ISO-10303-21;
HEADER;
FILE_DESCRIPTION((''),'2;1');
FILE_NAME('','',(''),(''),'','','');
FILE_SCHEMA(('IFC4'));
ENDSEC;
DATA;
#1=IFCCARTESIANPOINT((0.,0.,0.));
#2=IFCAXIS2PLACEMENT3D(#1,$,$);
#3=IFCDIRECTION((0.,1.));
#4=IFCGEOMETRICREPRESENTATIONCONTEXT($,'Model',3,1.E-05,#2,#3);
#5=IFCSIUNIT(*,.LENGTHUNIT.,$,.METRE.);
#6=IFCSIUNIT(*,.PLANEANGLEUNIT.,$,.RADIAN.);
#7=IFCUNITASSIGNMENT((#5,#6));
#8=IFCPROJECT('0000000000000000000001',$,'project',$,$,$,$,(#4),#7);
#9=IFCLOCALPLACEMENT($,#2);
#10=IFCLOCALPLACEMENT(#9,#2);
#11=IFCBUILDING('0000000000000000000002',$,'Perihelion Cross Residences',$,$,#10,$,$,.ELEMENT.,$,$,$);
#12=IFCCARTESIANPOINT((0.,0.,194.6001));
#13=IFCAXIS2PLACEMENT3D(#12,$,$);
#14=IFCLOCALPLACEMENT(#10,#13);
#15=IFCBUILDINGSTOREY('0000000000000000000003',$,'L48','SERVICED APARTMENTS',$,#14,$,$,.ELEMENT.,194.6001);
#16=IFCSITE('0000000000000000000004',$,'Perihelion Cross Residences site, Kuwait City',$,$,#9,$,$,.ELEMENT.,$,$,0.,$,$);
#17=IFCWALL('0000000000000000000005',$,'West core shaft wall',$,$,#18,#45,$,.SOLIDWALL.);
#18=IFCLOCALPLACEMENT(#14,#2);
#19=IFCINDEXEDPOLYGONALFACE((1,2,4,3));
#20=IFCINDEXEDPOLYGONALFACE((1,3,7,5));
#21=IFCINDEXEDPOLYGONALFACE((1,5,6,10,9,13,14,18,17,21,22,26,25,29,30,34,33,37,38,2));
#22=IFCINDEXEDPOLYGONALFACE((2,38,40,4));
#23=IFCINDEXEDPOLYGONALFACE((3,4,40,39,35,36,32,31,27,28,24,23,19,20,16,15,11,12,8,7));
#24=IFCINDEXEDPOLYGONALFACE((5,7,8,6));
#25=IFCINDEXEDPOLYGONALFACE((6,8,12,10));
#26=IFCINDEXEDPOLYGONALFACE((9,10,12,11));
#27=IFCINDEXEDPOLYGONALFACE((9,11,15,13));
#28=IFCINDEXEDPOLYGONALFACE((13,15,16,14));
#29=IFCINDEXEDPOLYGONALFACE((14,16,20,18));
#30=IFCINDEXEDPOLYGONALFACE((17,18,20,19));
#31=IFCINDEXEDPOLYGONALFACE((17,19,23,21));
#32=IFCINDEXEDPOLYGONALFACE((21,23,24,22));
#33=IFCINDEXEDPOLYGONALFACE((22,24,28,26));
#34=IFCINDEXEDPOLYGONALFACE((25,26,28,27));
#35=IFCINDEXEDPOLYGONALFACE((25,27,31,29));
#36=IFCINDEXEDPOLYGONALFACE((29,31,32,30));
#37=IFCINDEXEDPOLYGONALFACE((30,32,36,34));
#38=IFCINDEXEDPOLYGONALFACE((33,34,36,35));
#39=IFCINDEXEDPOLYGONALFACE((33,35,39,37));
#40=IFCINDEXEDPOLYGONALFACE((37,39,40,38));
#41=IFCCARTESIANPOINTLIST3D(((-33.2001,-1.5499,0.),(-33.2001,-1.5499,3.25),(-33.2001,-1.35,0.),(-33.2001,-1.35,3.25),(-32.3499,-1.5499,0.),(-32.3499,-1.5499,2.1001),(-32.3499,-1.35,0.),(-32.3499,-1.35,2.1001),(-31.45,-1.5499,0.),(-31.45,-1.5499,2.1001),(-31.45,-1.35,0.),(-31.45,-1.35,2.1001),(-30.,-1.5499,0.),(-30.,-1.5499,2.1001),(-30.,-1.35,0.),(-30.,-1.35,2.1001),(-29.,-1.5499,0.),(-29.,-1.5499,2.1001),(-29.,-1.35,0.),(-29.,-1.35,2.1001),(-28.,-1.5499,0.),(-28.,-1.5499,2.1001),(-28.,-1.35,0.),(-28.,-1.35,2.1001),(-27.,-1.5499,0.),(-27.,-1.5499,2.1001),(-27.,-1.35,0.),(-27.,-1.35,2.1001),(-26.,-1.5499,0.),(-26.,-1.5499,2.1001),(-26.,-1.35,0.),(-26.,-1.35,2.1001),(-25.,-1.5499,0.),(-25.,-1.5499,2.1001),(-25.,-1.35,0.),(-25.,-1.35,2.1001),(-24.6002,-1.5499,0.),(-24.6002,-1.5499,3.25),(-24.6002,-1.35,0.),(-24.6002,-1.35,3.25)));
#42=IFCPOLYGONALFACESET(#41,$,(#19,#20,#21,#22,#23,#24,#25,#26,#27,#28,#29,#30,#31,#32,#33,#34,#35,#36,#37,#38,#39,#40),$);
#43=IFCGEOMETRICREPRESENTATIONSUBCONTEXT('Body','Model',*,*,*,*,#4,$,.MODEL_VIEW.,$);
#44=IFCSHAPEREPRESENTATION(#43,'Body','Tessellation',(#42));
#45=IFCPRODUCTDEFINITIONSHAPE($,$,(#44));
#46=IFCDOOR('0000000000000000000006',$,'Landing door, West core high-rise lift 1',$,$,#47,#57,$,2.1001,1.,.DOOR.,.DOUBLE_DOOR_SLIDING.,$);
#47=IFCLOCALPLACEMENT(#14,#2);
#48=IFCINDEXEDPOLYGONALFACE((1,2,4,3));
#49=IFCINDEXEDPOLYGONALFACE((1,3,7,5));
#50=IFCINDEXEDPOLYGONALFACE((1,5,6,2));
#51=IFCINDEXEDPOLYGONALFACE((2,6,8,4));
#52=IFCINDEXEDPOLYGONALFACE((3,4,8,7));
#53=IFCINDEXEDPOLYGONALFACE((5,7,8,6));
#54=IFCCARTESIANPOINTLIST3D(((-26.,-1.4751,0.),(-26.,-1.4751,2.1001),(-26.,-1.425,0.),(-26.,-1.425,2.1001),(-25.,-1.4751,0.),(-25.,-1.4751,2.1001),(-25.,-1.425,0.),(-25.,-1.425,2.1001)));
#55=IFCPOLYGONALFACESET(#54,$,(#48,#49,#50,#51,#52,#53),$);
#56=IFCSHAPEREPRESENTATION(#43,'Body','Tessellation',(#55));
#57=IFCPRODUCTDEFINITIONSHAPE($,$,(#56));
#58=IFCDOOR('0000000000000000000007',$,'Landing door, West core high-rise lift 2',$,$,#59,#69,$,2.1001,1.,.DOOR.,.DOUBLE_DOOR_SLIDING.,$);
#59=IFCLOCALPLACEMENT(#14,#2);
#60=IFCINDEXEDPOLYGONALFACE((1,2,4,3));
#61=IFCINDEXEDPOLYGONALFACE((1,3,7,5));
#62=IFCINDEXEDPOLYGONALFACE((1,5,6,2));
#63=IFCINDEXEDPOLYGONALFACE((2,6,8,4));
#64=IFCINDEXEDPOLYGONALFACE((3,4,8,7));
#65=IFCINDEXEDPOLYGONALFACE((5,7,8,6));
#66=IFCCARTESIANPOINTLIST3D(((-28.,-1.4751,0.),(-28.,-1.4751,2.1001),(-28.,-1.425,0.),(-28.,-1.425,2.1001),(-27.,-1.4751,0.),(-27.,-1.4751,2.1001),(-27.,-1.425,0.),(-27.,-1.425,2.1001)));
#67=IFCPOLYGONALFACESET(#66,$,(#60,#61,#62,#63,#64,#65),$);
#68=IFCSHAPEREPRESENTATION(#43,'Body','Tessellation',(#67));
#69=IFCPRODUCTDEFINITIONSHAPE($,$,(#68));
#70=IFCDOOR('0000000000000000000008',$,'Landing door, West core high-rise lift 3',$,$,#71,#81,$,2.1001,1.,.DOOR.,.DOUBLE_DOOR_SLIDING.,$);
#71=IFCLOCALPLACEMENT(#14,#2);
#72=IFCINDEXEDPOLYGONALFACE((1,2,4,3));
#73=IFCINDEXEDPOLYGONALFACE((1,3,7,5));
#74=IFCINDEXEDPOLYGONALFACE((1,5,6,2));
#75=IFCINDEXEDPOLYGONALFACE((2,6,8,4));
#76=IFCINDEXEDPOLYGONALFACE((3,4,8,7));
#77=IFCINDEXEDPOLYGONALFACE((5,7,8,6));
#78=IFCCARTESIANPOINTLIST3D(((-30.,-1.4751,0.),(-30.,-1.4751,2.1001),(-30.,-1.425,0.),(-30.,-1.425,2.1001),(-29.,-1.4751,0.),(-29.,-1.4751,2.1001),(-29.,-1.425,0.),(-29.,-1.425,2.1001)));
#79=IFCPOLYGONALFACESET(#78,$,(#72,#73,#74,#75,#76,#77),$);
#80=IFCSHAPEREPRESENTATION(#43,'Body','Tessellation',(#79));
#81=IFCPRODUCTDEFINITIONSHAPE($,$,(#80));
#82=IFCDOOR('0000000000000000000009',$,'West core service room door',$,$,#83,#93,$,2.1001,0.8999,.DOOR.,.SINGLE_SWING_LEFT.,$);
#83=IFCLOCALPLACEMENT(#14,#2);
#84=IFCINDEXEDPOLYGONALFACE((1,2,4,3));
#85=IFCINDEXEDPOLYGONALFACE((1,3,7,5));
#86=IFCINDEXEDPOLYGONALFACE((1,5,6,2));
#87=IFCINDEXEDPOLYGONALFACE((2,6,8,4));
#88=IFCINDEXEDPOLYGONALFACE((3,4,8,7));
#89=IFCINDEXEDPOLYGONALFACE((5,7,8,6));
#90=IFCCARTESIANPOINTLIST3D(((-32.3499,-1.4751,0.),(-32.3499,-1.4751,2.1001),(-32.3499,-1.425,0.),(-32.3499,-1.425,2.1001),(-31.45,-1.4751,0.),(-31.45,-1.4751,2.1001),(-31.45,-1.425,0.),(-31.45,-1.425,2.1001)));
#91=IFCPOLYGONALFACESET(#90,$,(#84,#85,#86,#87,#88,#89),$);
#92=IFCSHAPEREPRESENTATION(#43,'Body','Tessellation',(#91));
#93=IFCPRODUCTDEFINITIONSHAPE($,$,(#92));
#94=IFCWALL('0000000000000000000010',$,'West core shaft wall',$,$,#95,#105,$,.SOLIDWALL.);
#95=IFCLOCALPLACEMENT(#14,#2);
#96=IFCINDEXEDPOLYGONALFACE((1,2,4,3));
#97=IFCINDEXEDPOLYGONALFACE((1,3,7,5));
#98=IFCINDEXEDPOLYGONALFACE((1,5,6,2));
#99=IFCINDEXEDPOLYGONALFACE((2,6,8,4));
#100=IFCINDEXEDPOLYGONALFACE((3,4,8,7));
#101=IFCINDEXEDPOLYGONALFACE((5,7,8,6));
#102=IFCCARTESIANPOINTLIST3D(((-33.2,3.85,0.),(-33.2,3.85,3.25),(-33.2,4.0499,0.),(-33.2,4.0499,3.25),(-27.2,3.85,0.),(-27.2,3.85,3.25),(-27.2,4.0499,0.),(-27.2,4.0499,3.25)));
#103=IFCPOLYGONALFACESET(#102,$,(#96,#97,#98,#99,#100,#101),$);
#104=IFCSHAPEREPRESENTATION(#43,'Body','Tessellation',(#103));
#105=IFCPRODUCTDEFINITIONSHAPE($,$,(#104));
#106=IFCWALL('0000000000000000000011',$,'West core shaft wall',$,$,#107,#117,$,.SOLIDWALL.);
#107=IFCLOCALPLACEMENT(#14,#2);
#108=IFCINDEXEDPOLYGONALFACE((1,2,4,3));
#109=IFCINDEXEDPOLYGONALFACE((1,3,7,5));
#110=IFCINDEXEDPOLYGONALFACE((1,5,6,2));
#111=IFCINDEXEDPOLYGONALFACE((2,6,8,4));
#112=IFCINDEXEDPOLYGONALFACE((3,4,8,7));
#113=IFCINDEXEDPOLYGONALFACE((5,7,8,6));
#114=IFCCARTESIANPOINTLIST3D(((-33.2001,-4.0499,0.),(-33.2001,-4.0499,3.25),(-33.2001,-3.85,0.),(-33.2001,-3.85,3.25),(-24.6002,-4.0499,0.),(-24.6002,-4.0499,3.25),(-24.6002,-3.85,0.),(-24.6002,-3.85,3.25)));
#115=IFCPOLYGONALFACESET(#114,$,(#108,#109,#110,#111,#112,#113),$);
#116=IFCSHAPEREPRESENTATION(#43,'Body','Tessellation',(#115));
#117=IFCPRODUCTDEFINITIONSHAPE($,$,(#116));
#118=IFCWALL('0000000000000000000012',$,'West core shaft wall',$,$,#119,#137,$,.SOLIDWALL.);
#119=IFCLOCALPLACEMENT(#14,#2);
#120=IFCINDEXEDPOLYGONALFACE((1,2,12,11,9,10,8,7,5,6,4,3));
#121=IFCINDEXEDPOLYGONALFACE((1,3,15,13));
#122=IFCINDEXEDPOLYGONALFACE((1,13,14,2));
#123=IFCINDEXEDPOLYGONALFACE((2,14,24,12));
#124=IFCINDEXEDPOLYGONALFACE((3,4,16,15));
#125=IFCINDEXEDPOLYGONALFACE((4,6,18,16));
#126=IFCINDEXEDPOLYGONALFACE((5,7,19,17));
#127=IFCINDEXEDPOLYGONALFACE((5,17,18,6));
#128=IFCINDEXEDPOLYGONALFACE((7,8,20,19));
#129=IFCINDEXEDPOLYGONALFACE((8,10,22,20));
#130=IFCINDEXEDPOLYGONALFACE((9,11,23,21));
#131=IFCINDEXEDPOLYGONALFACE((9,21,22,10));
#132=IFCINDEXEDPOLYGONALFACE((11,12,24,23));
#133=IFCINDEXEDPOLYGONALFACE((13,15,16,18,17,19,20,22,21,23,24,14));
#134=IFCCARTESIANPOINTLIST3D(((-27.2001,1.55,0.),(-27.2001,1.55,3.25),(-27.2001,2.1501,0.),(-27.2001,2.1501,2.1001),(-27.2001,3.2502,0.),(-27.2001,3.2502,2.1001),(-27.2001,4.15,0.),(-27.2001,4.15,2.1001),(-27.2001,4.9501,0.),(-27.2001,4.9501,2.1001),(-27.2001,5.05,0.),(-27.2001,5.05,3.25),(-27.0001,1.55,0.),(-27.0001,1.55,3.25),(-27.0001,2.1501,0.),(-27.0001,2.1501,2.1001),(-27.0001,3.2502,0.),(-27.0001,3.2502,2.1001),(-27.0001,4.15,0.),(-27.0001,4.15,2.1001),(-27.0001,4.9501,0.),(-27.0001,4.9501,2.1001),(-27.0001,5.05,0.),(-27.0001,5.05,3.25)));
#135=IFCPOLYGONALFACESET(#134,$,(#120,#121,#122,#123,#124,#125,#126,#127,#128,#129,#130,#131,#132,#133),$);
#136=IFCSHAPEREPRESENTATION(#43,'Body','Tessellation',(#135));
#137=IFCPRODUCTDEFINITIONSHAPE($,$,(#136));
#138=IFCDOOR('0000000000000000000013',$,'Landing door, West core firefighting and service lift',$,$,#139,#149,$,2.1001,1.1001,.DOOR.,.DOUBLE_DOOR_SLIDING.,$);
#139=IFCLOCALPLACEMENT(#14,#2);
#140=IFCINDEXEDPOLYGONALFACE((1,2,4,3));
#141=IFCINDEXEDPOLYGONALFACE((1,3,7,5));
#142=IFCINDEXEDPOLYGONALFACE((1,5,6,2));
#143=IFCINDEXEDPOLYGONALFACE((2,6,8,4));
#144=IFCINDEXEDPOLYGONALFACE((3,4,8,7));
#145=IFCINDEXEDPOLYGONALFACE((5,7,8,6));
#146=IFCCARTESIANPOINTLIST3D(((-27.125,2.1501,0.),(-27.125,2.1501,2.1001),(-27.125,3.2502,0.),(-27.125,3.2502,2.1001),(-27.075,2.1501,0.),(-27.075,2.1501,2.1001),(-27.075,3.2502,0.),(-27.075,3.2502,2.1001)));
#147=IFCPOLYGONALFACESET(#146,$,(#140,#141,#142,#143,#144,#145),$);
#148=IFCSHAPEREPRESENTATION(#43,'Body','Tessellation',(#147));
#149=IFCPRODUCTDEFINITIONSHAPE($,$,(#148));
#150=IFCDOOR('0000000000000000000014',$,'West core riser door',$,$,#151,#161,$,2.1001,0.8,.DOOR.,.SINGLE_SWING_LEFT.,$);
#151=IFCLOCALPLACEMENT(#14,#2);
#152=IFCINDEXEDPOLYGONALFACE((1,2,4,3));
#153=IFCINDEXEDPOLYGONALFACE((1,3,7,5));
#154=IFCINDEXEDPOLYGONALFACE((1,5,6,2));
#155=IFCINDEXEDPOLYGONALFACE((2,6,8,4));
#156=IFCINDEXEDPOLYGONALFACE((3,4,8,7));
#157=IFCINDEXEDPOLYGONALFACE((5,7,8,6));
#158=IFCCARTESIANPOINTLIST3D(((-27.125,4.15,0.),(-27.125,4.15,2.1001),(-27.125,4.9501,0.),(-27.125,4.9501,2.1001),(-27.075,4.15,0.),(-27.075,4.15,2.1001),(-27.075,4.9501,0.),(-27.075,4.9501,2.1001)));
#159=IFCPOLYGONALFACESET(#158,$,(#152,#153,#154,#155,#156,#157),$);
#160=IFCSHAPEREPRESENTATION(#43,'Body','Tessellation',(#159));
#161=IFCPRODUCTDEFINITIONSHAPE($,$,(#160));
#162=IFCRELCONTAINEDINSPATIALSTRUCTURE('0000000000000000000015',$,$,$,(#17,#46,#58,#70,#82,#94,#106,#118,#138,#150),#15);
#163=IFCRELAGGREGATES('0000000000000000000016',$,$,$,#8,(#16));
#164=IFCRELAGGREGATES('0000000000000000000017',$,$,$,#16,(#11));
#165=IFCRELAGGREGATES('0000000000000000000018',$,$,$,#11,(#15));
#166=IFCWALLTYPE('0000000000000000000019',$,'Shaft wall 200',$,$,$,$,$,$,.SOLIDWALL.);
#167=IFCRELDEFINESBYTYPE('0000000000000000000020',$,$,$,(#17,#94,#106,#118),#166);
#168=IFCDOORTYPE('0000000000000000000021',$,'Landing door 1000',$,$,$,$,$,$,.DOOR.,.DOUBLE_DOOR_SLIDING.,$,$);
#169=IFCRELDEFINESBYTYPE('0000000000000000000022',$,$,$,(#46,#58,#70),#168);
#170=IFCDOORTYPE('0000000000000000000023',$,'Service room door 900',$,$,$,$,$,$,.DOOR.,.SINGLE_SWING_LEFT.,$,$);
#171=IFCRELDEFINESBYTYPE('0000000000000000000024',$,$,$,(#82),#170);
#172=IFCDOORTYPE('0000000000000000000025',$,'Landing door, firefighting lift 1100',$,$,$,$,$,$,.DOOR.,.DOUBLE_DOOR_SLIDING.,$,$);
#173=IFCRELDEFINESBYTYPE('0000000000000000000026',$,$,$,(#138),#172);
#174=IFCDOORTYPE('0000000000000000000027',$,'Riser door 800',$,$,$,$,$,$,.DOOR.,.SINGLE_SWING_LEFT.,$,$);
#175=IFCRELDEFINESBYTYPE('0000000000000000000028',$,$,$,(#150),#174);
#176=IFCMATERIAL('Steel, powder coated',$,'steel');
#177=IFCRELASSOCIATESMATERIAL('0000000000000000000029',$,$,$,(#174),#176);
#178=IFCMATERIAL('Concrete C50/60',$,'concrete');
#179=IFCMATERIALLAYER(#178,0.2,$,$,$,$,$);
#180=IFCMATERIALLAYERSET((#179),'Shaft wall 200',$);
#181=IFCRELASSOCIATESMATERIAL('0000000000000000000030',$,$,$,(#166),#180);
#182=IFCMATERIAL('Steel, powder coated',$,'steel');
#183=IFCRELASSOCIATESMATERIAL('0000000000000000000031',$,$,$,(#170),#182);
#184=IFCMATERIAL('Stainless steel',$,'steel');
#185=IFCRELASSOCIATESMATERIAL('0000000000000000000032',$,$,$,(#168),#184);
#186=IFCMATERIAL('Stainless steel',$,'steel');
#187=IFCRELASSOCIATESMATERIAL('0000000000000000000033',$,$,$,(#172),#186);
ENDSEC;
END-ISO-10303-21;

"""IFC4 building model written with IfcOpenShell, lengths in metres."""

from ifc_helpers import new_model, si_unit, direction, frame, frame_2d, origin, place, context, subcontext, project, spatial, rectangle, extrude, material, layer, layer_set, type_object, element, fill, save


model = new_model("IFC4")

# Units and contexts
model_context = context("Model", 3, precision=1e-05, world=origin(), true_north=direction((0.0, 1.0)))
body_context = subcontext(model_context, "Body", "Model", "MODEL_VIEW")
ifc_project = project(units=[si_unit("LENGTHUNIT", "METRE"), si_unit("PLANEANGLEUNIT", "RADIAN")], contexts=[model_context])

# Site, building, storey
site_placement = place(None, origin())
site = spatial("IfcSite", under=ifc_project, at=site_placement, Name="Perihelion Cross Residences site, Kuwait City", CompositionType="ELEMENT", RefElevation=0.0)
building_placement = place(site_placement, origin())
building = spatial("IfcBuilding", under=site, at=building_placement, Name="Perihelion Cross Residences", CompositionType="ELEMENT")
storey_placement = place(building_placement, frame((0.0, 0.0, 194.6001)))
storey = spatial("IfcBuildingStorey", under=building, at=storey_placement, Name="L48", Description="SERVICED APARTMENTS", CompositionType="ELEMENT", Elevation=194.6001)

# Shared definitions
ifc_material_1 = material(Name="Steel, powder coated", Category="steel")
door_type_1 = type_object("IfcDoorType", Name="Riser door 800", OperationType="SINGLE_SWING_LEFT", PredefinedType="DOOR", material=ifc_material_1)

# Wall, openings, doors
ifc_material_2 = material(Name="Concrete C50/60", Category="concrete")
ifc_layer_1 = layer(ifc_material_2, 0.2)
ifc_layer_set_1 = layer_set([ifc_layer_1], Name="Shaft wall 200")
wall_type_1 = type_object("IfcWallType", Name="Shaft wall 200", PredefinedType="SOLIDWALL", material=ifc_layer_set_1)
ifc_material_3 = material(Name="Steel, powder coated", Category="steel")
door_type_2 = type_object("IfcDoorType", Name="Service room door 900", OperationType="SINGLE_SWING_LEFT", PredefinedType="DOOR", material=ifc_material_3)
wall_1_placement = place(storey_placement, frame((-33.2, -1.45, 0.0), z_axis=(0.0, 0.0, 1.0), x_axis=(1.0, 0.0, 0.0)))
wall_1 = element("IfcWall", 1, at=wall_1_placement, inside=storey, type_object=wall_type_1, Name="West core shaft wall", PredefinedType="SOLIDWALL", context=body_context, shape_type="SweptSolid", body=[
    extrude(rectangle(XDim=8.5999, YDim=0.2, at=frame_2d((4.2998, 0.0))), origin(), (0.0, 0.0, 1.0), 3.25),
])
opening_1_placement = place(wall_1_placement, frame((7.2, 0.0, 0.0)))
opening_1 = element("IfcOpeningElement", 2, at=opening_1_placement, cuts=wall_1, PredefinedType="OPENING", context=body_context, shape_type="SweptSolid", body=[
    extrude(rectangle(XDim=1.0, YDim=2.1001, at=frame_2d((0.5, 1.05))), frame((0.0, 0.1099, 0.0), z_axis=(0.0, -1.0, 0.0), x_axis=(1.0, 0.0, 0.0)), (0.0, 0.0, 1.0), 0.22),
])
opening_2_placement = place(wall_1_placement, frame((5.2, 0.0, 0.0)))
opening_2 = element("IfcOpeningElement", 3, at=opening_2_placement, cuts=wall_1, PredefinedType="OPENING", context=body_context, shape_type="SweptSolid", body=[
    extrude(rectangle(XDim=1.0, YDim=2.1001, at=frame_2d((0.5, 1.05))), frame((0.0, 0.1099, 0.0), z_axis=(0.0, -1.0, 0.0), x_axis=(1.0, 0.0, 0.0)), (0.0, 0.0, 1.0), 0.22),
])
opening_3_placement = place(wall_1_placement, frame((3.2, 0.0, 0.0)))
opening_3 = element("IfcOpeningElement", 4, at=opening_3_placement, cuts=wall_1, PredefinedType="OPENING", context=body_context, shape_type="SweptSolid", body=[
    extrude(rectangle(XDim=1.0, YDim=2.1001, at=frame_2d((0.5, 1.05))), frame((0.0, 0.1099, 0.0), z_axis=(0.0, -1.0, 0.0), x_axis=(1.0, 0.0, 0.0)), (0.0, 0.0, 1.0), 0.22),
])
opening_4_placement = place(wall_1_placement, frame((0.8501, 0.0, 0.0)))
opening_4 = element("IfcOpeningElement", 5, at=opening_4_placement, cuts=wall_1, PredefinedType="OPENING", context=body_context, shape_type="SweptSolid", body=[
    extrude(rectangle(XDim=0.8999, YDim=2.1001, at=frame_2d((0.45, 1.05))), frame((0.0, 0.1099, 0.0), z_axis=(0.0, -1.0, 0.0), x_axis=(1.0, 0.0, 0.0)), (0.0, 0.0, 1.0), 0.22),
])
ifc_material_4 = material(Name="Stainless steel", Category="steel")
door_type_3 = type_object("IfcDoorType", Name="Landing door 1000", OperationType="DOUBLE_DOOR_SLIDING", PredefinedType="DOOR", material=ifc_material_4)
door_1_placement = place(opening_1_placement, origin())
door_1 = element("IfcDoor", 6, at=door_1_placement, inside=storey, type_object=door_type_3, Name="Landing door, West core high-rise lift 1", OperationType="DOUBLE_DOOR_SLIDING", OverallHeight=2.1001, OverallWidth=1.0, PredefinedType="DOOR", context=body_context, shape_type="SweptSolid", body=[
    extrude(rectangle(XDim=1.0, YDim=2.1001, at=frame_2d((0.5, 1.05))), frame((0.0, 0.0249, 0.0), z_axis=(0.0, -1.0, 0.0), x_axis=(1.0, 0.0, 0.0)), (0.0, 0.0, 1.0), 0.05),
])
fill(opening_1, door_1)
door_2_placement = place(opening_2_placement, origin())
door_2 = element("IfcDoor", 7, at=door_2_placement, inside=storey, type_object=door_type_3, Name="Landing door, West core high-rise lift 2", OperationType="DOUBLE_DOOR_SLIDING", OverallHeight=2.1001, OverallWidth=1.0, PredefinedType="DOOR", context=body_context, shape_type="SweptSolid", body=[
    extrude(rectangle(XDim=1.0, YDim=2.1001, at=frame_2d((0.5, 1.05))), frame((0.0, 0.0249, 0.0), z_axis=(0.0, -1.0, 0.0), x_axis=(1.0, 0.0, 0.0)), (0.0, 0.0, 1.0), 0.05),
])
fill(opening_2, door_2)
door_3_placement = place(opening_3_placement, origin())
door_3 = element("IfcDoor", 8, at=door_3_placement, inside=storey, type_object=door_type_3, Name="Landing door, West core high-rise lift 3", OperationType="DOUBLE_DOOR_SLIDING", OverallHeight=2.1001, OverallWidth=1.0, PredefinedType="DOOR", context=body_context, shape_type="SweptSolid", body=[
    extrude(rectangle(XDim=1.0, YDim=2.1001, at=frame_2d((0.5, 1.05))), frame((0.0, 0.0249, 0.0), z_axis=(0.0, -1.0, 0.0), x_axis=(1.0, 0.0, 0.0)), (0.0, 0.0, 1.0), 0.05),
])
fill(opening_3, door_3)
door_4_placement = place(opening_4_placement, origin())
door_4 = element("IfcDoor", 9, at=door_4_placement, inside=storey, type_object=door_type_2, Name="West core service room door", OperationType="SINGLE_SWING_LEFT", OverallHeight=2.1001, OverallWidth=0.8999, PredefinedType="DOOR", context=body_context, shape_type="SweptSolid", body=[
    extrude(rectangle(XDim=0.8999, YDim=2.1001, at=frame_2d((0.45, 1.05))), frame((0.0, 0.0249, 0.0), z_axis=(0.0, -1.0, 0.0), x_axis=(1.0, 0.0, 0.0)), (0.0, 0.0, 1.0), 0.05),
])
fill(opening_4, door_4)

# Walls
wall_2_placement = place(storey_placement, frame((-33.2, 3.95, 0.0), z_axis=(0.0, 0.0, 1.0), x_axis=(1.0, 0.0, 0.0)))
element("IfcWall", 10, at=wall_2_placement, inside=storey, type_object=wall_type_1, Name="West core shaft wall", PredefinedType="SOLIDWALL", context=body_context, shape_type="SweptSolid", body=[
    extrude(rectangle(XDim=6.0, YDim=0.2, at=frame_2d((3.0, 0.0))), origin(), (0.0, 0.0, 1.0), 3.25),
])
wall_3_placement = place(storey_placement, frame((-33.2, -3.95, 0.0), z_axis=(0.0, 0.0, 1.0), x_axis=(1.0, 0.0, 0.0)))
element("IfcWall", 11, at=wall_3_placement, inside=storey, type_object=wall_type_1, Name="West core shaft wall", PredefinedType="SOLIDWALL", context=body_context, shape_type="SweptSolid", body=[
    extrude(rectangle(XDim=8.5999, YDim=0.2, at=frame_2d((4.2998, 0.0))), origin(), (0.0, 0.0, 1.0), 3.25),
])

# Wall, openings, doors
wall_4_placement = place(storey_placement, frame((-27.1001, 1.55, 0.0), z_axis=(0.0, 0.0, 1.0), x_axis=(0.0, 1.0, 0.0)))
wall_4 = element("IfcWall", 12, at=wall_4_placement, inside=storey, type_object=wall_type_1, Name="West core shaft wall", PredefinedType="SOLIDWALL", context=body_context, shape_type="SweptSolid", body=[
    extrude(rectangle(XDim=3.5, YDim=0.2, at=frame_2d((1.75, 0.0))), origin(), (0.0, 0.0, 1.0), 3.25),
])
opening_5_placement = place(wall_4_placement, frame((0.6001, 0.0, 0.0)))
opening_5 = element("IfcOpeningElement", 13, at=opening_5_placement, cuts=wall_4, PredefinedType="OPENING", context=body_context, shape_type="SweptSolid", body=[
    extrude(rectangle(XDim=1.1001, YDim=2.1001, at=frame_2d((0.55, 1.05))), frame((0.0, 0.1099, 0.0), z_axis=(0.0, -1.0, 0.0), x_axis=(1.0, 0.0, 0.0)), (0.0, 0.0, 1.0), 0.22),
])
opening_6_placement = place(wall_4_placement, frame((2.6001, 0.0, 0.0)))
opening_6 = element("IfcOpeningElement", 14, at=opening_6_placement, cuts=wall_4, PredefinedType="OPENING", context=body_context, shape_type="SweptSolid", body=[
    extrude(rectangle(XDim=0.8, YDim=2.1001, at=frame_2d((0.3999, 1.05))), frame((0.0, 0.1099, 0.0), z_axis=(0.0, -1.0, 0.0), x_axis=(1.0, 0.0, 0.0)), (0.0, 0.0, 1.0), 0.22),
])
ifc_material_5 = material(Name="Stainless steel", Category="steel")
door_type_4 = type_object("IfcDoorType", Name="Landing door, firefighting lift 1100", OperationType="DOUBLE_DOOR_SLIDING", PredefinedType="DOOR", material=ifc_material_5)
door_5_placement = place(opening_5_placement, origin())
door_5 = element("IfcDoor", 15, at=door_5_placement, inside=storey, type_object=door_type_4, Name="Landing door, West core firefighting and service lift", OperationType="DOUBLE_DOOR_SLIDING", OverallHeight=2.1001, OverallWidth=1.1001, PredefinedType="DOOR", context=body_context, shape_type="SweptSolid", body=[
    extrude(rectangle(XDim=1.1001, YDim=2.1001, at=frame_2d((0.55, 1.05))), frame((0.0, 0.0249, 0.0), z_axis=(0.0, -1.0, 0.0), x_axis=(1.0, 0.0, 0.0)), (0.0, 0.0, 1.0), 0.05),
])
fill(opening_5, door_5)
door_6_placement = place(opening_6_placement, origin())
door_6 = element("IfcDoor", 16, at=door_6_placement, inside=storey, type_object=door_type_1, Name="West core riser door", OperationType="SINGLE_SWING_LEFT", OverallHeight=2.1001, OverallWidth=0.8, PredefinedType="DOOR", context=body_context, shape_type="SweptSolid", body=[
    extrude(rectangle(XDim=0.8, YDim=2.1001, at=frame_2d((0.3999, 1.05))), frame((0.0, 0.0249, 0.0), z_axis=(0.0, -1.0, 0.0), x_axis=(1.0, 0.0, 0.0)), (0.0, 0.0, 1.0), 0.05),
])
fill(opening_6, door_6)

save(model, "model.ifc")
